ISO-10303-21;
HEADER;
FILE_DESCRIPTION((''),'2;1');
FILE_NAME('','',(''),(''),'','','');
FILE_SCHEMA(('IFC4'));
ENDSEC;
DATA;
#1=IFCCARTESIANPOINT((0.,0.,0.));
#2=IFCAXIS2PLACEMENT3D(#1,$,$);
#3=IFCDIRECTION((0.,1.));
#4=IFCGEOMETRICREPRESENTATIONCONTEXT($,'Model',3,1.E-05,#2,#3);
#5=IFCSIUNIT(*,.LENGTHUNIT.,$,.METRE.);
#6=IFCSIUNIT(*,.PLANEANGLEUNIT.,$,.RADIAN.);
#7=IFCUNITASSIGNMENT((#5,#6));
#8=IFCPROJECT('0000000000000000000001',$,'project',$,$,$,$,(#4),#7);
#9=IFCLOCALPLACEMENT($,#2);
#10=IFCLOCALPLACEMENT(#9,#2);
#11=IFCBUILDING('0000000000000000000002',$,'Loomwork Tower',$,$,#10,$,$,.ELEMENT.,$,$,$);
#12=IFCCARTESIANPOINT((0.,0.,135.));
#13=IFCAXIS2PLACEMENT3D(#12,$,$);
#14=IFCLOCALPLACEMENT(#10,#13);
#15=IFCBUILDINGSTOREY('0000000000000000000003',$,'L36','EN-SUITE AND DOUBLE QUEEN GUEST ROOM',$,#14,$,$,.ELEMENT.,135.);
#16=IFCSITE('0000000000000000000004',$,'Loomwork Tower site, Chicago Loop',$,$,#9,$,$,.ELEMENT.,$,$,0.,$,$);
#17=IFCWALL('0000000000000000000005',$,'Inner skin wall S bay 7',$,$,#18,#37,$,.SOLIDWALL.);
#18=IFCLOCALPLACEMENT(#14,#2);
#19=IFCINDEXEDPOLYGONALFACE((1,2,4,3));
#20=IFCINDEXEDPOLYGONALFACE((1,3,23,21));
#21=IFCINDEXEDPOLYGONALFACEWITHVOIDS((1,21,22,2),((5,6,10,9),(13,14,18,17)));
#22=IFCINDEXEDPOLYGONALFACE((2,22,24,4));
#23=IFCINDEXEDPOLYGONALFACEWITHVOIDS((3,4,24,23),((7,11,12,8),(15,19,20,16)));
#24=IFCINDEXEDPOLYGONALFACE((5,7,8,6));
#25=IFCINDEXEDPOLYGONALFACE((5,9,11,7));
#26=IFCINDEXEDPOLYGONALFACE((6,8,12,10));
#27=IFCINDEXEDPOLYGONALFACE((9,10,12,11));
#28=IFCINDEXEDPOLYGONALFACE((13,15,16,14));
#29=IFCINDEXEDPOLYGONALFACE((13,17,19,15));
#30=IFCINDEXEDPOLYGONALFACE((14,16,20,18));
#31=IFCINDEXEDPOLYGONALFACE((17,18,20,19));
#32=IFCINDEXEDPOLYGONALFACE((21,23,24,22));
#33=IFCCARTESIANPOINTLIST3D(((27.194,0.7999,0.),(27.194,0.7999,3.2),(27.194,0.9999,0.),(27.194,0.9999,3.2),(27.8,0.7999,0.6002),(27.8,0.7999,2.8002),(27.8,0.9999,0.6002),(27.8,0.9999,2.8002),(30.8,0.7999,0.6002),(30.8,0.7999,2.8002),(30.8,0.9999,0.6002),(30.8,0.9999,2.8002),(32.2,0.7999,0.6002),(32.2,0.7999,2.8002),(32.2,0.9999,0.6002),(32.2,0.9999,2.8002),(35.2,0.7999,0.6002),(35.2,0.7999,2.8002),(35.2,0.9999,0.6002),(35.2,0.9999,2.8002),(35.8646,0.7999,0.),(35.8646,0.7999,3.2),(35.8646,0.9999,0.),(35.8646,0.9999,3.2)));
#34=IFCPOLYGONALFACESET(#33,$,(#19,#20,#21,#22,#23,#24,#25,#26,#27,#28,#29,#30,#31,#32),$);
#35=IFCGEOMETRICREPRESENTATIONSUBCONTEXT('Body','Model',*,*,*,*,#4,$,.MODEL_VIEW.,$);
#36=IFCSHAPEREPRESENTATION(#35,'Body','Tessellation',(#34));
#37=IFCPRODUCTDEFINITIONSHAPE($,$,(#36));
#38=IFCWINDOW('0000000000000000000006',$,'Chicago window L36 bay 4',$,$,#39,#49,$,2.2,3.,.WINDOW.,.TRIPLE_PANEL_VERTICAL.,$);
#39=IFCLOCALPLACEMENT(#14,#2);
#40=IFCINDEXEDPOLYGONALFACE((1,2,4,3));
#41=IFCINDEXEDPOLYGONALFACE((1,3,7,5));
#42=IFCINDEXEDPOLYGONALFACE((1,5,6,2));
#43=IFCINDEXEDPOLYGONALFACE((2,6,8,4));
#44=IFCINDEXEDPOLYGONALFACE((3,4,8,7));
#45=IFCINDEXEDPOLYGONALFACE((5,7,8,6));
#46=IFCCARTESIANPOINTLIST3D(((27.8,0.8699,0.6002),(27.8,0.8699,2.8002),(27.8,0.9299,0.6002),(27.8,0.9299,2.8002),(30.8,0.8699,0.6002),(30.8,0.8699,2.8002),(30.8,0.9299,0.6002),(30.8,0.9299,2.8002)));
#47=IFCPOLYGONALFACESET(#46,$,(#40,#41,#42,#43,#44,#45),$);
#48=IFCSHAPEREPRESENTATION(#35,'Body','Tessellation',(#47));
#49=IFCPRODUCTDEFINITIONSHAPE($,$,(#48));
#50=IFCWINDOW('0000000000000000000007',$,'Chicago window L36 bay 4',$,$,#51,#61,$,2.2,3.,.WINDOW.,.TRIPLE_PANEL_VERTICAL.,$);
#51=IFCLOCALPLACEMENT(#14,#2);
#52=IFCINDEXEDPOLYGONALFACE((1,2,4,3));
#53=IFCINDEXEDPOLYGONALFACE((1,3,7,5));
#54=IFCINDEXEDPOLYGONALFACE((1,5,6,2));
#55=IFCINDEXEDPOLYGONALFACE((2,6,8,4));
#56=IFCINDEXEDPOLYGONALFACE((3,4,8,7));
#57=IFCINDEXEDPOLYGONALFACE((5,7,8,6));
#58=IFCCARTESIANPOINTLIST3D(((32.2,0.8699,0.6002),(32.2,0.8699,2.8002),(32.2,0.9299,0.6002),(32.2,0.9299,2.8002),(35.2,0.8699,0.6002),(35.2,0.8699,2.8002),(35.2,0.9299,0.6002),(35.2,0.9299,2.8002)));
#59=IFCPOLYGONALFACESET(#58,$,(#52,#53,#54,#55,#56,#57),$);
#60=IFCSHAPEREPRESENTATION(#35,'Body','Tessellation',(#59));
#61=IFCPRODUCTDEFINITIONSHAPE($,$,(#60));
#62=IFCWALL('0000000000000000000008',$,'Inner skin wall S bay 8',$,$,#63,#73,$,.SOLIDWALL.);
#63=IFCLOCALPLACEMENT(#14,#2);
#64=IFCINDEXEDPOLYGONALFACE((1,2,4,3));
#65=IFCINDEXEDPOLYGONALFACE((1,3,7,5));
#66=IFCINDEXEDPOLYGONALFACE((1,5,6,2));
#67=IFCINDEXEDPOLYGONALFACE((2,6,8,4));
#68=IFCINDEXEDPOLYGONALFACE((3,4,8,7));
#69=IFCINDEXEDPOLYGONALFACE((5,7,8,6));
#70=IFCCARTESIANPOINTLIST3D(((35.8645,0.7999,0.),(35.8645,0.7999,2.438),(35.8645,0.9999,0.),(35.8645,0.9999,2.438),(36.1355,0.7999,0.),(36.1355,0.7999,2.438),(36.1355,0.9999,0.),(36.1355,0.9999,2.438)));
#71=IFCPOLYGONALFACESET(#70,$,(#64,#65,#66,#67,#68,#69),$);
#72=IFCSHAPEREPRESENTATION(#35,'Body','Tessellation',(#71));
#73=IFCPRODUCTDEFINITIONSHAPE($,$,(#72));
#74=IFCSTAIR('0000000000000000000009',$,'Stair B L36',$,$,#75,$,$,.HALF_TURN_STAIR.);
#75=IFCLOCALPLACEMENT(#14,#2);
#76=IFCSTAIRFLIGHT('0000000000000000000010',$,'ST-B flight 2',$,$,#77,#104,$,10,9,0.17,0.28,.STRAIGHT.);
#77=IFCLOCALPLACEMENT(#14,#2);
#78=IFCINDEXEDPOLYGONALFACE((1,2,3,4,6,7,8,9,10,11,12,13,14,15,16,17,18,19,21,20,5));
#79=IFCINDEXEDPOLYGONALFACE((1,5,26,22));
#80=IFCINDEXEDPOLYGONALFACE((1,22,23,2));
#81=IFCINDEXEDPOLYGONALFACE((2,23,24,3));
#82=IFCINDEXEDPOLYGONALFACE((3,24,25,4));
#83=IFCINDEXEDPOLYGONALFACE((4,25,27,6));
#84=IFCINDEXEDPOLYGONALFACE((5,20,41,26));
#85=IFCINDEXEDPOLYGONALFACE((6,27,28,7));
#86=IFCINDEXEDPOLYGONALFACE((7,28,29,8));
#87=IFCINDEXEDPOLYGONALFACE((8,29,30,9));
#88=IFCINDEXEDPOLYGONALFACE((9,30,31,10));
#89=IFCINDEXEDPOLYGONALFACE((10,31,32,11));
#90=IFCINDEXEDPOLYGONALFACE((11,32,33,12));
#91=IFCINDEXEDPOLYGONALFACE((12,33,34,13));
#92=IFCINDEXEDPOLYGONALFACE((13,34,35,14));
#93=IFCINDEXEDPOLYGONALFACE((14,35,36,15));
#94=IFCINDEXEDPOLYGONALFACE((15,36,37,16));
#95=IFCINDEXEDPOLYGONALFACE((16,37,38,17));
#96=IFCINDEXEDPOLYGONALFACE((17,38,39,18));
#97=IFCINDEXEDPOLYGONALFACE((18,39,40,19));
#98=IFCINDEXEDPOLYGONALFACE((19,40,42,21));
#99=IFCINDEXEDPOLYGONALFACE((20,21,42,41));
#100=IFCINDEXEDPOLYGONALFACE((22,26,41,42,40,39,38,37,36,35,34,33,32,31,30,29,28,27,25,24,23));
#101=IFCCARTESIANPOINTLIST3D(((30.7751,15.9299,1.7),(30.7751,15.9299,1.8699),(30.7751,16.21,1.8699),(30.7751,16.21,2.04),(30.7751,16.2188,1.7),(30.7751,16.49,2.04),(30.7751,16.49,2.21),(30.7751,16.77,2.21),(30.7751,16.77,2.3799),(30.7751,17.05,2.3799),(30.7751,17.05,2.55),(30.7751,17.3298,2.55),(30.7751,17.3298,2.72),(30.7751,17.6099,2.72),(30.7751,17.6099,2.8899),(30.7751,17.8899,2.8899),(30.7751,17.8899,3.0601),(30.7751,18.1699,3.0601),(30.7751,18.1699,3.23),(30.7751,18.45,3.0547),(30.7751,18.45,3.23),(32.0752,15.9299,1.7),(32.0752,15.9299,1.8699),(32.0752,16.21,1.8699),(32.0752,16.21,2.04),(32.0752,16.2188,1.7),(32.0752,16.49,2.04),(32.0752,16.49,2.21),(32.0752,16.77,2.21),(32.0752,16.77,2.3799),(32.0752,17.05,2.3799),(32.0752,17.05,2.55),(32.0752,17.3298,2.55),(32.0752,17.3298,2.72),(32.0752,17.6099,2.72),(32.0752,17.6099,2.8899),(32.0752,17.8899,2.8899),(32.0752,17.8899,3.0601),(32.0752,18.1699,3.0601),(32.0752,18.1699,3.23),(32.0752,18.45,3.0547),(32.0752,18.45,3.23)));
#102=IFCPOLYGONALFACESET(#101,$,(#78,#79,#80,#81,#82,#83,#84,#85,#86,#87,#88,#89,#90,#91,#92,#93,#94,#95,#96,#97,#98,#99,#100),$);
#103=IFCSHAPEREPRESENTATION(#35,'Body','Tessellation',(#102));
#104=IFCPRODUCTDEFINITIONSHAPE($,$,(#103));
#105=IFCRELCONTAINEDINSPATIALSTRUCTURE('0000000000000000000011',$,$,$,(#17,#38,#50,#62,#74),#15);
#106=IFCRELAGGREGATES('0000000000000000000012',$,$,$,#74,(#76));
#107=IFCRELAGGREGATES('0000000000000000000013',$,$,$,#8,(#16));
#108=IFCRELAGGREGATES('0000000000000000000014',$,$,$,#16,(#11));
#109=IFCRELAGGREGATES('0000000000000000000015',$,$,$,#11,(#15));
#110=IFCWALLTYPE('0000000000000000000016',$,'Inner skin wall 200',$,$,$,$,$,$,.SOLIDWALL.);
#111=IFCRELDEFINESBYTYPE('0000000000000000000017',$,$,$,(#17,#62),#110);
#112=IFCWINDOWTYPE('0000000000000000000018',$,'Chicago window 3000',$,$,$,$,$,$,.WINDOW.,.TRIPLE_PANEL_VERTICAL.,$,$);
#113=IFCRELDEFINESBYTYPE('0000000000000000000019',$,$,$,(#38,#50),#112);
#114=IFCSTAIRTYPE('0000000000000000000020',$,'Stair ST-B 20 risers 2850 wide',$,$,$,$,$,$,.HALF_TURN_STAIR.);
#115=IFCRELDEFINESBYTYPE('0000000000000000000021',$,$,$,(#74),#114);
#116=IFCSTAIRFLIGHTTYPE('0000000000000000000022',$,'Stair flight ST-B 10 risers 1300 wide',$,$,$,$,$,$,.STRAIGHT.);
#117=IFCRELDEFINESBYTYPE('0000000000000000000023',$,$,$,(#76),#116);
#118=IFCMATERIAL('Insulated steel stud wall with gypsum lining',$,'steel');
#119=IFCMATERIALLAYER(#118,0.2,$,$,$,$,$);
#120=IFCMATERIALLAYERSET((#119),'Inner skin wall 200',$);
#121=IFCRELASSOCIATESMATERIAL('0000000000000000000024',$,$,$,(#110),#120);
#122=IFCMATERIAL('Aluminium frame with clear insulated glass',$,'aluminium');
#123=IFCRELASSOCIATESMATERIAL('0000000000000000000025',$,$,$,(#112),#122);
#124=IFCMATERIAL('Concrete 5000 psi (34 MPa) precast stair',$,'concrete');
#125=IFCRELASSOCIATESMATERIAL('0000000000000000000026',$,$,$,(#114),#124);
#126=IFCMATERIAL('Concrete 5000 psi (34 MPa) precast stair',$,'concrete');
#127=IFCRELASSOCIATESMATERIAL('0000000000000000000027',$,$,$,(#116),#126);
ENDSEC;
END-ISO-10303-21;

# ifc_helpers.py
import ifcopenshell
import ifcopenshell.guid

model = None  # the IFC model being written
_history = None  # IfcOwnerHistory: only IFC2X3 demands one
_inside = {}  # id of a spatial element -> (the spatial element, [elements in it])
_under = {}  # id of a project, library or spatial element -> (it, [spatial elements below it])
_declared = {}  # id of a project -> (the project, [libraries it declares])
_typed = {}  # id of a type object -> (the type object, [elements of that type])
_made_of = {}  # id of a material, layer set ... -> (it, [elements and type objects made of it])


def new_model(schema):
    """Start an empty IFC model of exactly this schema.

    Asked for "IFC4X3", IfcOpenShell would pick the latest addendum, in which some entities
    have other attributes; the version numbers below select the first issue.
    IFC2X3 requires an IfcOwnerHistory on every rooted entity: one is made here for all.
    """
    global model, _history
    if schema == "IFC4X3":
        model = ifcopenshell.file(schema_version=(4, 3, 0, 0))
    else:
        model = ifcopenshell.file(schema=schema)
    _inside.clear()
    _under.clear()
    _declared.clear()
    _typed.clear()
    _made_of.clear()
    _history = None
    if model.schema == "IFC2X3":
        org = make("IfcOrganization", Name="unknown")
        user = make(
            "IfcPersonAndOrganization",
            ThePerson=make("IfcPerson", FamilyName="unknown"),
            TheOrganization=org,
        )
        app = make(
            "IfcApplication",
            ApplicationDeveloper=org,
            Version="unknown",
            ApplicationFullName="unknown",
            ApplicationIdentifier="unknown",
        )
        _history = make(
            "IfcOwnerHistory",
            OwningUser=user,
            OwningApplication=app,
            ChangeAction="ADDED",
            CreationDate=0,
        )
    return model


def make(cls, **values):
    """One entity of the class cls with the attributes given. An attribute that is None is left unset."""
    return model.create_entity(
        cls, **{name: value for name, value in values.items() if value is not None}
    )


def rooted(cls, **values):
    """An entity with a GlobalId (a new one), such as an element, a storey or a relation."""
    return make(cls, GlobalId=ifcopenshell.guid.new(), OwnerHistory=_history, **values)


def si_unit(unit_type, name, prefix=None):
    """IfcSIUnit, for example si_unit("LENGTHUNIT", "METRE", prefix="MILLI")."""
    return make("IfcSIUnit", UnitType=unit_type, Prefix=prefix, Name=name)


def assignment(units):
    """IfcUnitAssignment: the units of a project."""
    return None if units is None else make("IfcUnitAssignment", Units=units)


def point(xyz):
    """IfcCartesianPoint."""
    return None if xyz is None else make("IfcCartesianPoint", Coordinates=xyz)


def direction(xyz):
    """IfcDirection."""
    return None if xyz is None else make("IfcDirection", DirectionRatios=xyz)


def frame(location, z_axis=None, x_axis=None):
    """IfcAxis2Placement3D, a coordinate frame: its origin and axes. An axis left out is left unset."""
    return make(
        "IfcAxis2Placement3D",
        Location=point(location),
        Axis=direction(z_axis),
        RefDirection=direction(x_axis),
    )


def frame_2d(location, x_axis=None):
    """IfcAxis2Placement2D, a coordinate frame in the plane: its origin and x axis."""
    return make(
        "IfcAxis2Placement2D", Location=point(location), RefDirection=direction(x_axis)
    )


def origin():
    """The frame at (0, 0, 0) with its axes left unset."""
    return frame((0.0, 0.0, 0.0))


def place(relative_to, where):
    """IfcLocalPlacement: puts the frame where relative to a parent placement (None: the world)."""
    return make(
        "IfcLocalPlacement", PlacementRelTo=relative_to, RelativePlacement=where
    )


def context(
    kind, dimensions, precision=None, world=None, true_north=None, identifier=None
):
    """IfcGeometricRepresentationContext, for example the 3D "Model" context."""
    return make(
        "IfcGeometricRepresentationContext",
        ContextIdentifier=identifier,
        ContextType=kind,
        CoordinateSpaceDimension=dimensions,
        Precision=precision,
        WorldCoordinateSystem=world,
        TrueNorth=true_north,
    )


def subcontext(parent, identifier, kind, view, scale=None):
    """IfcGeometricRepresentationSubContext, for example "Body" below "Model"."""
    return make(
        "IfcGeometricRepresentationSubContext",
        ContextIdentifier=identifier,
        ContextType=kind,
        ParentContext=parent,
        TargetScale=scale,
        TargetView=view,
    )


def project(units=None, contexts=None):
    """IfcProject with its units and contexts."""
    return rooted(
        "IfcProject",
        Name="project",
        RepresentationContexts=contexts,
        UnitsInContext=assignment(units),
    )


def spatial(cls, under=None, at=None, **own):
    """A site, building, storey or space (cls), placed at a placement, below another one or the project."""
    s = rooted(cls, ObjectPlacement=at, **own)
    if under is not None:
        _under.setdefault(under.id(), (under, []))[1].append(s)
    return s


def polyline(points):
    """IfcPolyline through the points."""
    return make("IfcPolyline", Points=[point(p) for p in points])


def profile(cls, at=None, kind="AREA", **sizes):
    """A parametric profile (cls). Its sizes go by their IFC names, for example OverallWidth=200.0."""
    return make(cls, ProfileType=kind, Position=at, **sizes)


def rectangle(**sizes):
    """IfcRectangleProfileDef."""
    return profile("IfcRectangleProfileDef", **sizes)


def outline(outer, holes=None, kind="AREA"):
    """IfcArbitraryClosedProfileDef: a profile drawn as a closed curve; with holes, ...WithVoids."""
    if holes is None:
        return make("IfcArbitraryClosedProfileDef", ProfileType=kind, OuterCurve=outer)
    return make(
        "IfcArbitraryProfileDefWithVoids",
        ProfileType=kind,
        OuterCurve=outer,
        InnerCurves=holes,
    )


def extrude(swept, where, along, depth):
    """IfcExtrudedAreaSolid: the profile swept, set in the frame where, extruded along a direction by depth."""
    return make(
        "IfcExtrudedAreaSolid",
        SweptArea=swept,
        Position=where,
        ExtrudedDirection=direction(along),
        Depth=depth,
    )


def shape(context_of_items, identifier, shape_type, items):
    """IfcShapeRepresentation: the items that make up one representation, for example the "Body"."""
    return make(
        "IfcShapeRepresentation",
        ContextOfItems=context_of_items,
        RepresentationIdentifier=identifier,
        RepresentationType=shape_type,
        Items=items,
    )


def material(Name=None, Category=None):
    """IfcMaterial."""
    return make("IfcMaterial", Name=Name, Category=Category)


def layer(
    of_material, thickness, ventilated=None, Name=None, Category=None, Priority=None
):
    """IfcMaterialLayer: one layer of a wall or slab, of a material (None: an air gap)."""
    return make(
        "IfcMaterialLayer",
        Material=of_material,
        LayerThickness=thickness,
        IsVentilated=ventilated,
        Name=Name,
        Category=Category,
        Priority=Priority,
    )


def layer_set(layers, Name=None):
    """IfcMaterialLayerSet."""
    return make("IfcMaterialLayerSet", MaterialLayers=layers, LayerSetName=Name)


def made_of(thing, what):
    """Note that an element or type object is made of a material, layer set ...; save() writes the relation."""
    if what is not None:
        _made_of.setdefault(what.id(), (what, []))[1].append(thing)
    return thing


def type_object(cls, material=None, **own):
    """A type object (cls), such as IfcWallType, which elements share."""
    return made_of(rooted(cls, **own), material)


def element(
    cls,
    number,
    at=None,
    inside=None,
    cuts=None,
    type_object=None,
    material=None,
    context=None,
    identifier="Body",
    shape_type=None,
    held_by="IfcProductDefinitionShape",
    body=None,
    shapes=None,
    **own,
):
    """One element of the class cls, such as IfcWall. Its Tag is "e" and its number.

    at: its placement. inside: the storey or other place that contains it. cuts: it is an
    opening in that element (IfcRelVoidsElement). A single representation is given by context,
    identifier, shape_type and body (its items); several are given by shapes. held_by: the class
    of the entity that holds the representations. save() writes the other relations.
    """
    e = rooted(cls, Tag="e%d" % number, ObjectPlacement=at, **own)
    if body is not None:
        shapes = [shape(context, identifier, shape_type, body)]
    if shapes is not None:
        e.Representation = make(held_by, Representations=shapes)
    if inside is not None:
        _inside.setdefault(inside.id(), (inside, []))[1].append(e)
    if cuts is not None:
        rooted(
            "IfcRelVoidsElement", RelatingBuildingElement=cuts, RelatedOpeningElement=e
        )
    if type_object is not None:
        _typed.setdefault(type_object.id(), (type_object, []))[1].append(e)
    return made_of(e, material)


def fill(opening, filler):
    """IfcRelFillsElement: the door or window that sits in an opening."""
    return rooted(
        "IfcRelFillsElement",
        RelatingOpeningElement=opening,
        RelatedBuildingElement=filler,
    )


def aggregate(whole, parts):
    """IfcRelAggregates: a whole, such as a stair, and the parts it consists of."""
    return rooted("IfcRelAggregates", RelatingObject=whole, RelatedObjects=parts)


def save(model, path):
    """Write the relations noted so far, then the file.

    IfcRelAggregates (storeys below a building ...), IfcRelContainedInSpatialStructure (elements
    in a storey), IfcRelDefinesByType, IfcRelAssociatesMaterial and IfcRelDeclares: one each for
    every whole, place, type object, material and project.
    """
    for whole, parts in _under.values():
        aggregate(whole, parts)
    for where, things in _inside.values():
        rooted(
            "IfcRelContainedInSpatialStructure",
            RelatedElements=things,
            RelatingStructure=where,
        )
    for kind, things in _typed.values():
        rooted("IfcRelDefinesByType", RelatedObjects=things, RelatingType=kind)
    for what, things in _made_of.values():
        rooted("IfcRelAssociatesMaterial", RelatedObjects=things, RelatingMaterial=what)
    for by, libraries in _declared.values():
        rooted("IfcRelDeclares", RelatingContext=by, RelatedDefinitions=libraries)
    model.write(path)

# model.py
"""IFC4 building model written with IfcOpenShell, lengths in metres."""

from ifc_helpers import new_model, si_unit, direction, frame, frame_2d, origin, place, context, subcontext, project, spatial, polyline, rectangle, outline, extrude, material, layer, layer_set, type_object, element, fill, aggregate, save


model = new_model("IFC4")

# Units and contexts
model_context = context("Model", 3, precision=1e-05, world=origin(), true_north=direction((0.0, 1.0)))
body_context = subcontext(model_context, "Body", "Model", "MODEL_VIEW")
ifc_project = project(units=[si_unit("LENGTHUNIT", "METRE"), si_unit("PLANEANGLEUNIT", "RADIAN")], contexts=[model_context])

# Site, building, storey
site_placement = place(None, origin())
site = spatial("IfcSite", under=ifc_project, at=site_placement, Name="Loomwork Tower site, Chicago Loop", CompositionType="ELEMENT", RefElevation=0.0)
building_placement = place(site_placement, origin())
building = spatial("IfcBuilding", under=site, at=building_placement, Name="Loomwork Tower", CompositionType="ELEMENT")
storey_placement = place(building_placement, frame((0.0, 0.0, 135.0)))
storey = spatial("IfcBuildingStorey", under=building, at=storey_placement, Name="L36", Description="EN-SUITE AND DOUBLE QUEEN GUEST ROOM", CompositionType="ELEMENT", Elevation=135.0)

# Wall, openings, windows
ifc_material_1 = material(Name="Insulated steel stud wall with gypsum lining", Category="steel")
ifc_layer_1 = layer(ifc_material_1, 0.2)
ifc_layer_set_1 = layer_set([ifc_layer_1], Name="Inner skin wall 200")
wall_type_1 = type_object("IfcWallType", Name="Inner skin wall 200", PredefinedType="SOLIDWALL", material=ifc_layer_set_1)
wall_1_placement = place(storey_placement, frame((27.1938, 0.8999, 0.0), z_axis=(0.0, 0.0, 1.0), x_axis=(1.0, 0.0, 0.0)))
wall_1 = element("IfcWall", 1, at=wall_1_placement, inside=storey, type_object=wall_type_1, Name="Inner skin wall S bay 7", PredefinedType="SOLIDWALL", context=body_context, shape_type="SweptSolid", body=[
    extrude(rectangle(XDim=8.6707, YDim=0.2, at=frame_2d((4.3354, 0.0))), origin(), (0.0, 0.0, 1.0), 3.2),
])
opening_1_placement = place(wall_1_placement, frame((0.6062, 0.0, 0.6001)))
opening_1 = element("IfcOpeningElement", 2, at=opening_1_placement, cuts=wall_1, PredefinedType="OPENING", context=body_context, shape_type="SweptSolid", body=[
    extrude(rectangle(XDim=3.0, YDim=2.2, at=frame_2d((1.5, 1.1001))), frame((0.0, 0.1099, 0.0), z_axis=(0.0, -1.0, 0.0), x_axis=(1.0, 0.0, 0.0)), (0.0, 0.0, 1.0), 0.22),
])
opening_2_placement = place(wall_1_placement, frame((5.0061, 0.0, 0.6001)))
opening_2 = element("IfcOpeningElement", 3, at=opening_2_placement, cuts=wall_1, PredefinedType="OPENING", context=body_context, shape_type="SweptSolid", body=[
    extrude(rectangle(XDim=3.0, YDim=2.2, at=frame_2d((1.5, 1.1001))), frame((0.0, 0.1099, 0.0), z_axis=(0.0, -1.0, 0.0), x_axis=(1.0, 0.0, 0.0)), (0.0, 0.0, 1.0), 0.22),
])
ifc_material_2 = material(Name="Aluminium frame with clear insulated glass", Category="aluminium")
window_type = type_object("IfcWindowType", Name="Chicago window 3000", PartitioningType="TRIPLE_PANEL_VERTICAL", PredefinedType="WINDOW", material=ifc_material_2)
window_1_placement = place(opening_1_placement, origin())
window_1 = element("IfcWindow", 4, at=window_1_placement, inside=storey, type_object=window_type, Name="Chicago window L36 bay 4", OverallHeight=2.2, OverallWidth=3.0, PartitioningType="TRIPLE_PANEL_VERTICAL", PredefinedType="WINDOW", context=body_context, shape_type="SweptSolid", body=[
    extrude(rectangle(XDim=3.0, YDim=2.2, at=frame_2d((1.5, 1.1001))), frame((0.0, 0.03, 0.0), z_axis=(0.0, -1.0, 0.0), x_axis=(1.0, 0.0, 0.0)), (0.0, 0.0, 1.0), 0.0601),
])
fill(opening_1, window_1)
window_2_placement = place(opening_2_placement, origin())
window_2 = element("IfcWindow", 5, at=window_2_placement, inside=storey, type_object=window_type, Name="Chicago window L36 bay 4", OverallHeight=2.2, OverallWidth=3.0, PartitioningType="TRIPLE_PANEL_VERTICAL", PredefinedType="WINDOW", context=body_context, shape_type="SweptSolid", body=[
    extrude(rectangle(XDim=3.0, YDim=2.2, at=frame_2d((1.5, 1.1001))), frame((0.0, 0.03, 0.0), z_axis=(0.0, -1.0, 0.0), x_axis=(1.0, 0.0, 0.0)), (0.0, 0.0, 1.0), 0.0601),
])
fill(opening_2, window_2)

# Wall
wall_2_placement = place(storey_placement, frame((35.8645, 0.8999, 0.0), z_axis=(0.0, 0.0, 1.0), x_axis=(1.0, 0.0, 0.0)))
element("IfcWall", 6, at=wall_2_placement, inside=storey, type_object=wall_type_1, Name="Inner skin wall S bay 8", PredefinedType="SOLIDWALL", context=body_context, shape_type="SweptSolid", body=[
    extrude(rectangle(XDim=0.271, YDim=0.2, at=frame_2d((0.1355, 0.0))), origin(), (0.0, 0.0, 1.0), 2.438),
])

# Stair, stair flight
ifc_material_3 = material(Name="Concrete 5000 psi (34 MPa) precast stair", Category="concrete")
stair_type = type_object("IfcStairType", Name="Stair ST-B 20 risers 2850 wide", PredefinedType="HALF_TURN_STAIR", material=ifc_material_3)
stair_placement = place(storey_placement, origin())
stair = element("IfcStair", 7, at=stair_placement, inside=storey, type_object=stair_type, Name="Stair B L36", PredefinedType="HALF_TURN_STAIR")
ifc_material_4 = material(Name="Concrete 5000 psi (34 MPa) precast stair", Category="concrete")
stair_flight_type = type_object("IfcStairFlightType", Name="Stair flight ST-B 10 risers 1300 wide", PredefinedType="STRAIGHT", material=ifc_material_4)
stair_flight_placement = place(storey_placement, frame((31.425, 15.9299, 1.7), z_axis=(0.0, 0.0, 1.0), x_axis=(0.0, 1.0, 0.0)))
stair_flight = element("IfcStairFlight", 8, at=stair_flight_placement, type_object=stair_flight_type, Name="ST-B flight 2", NumberOfRisers=10, NumberOfTreads=9, PredefinedType="STRAIGHT", RiserHeight=0.17, TreadLength=0.28, context=body_context, shape_type="SweptSolid", body=[
    extrude(outline(polyline([(0.0, 0.0), (0.0, 0.1699), (0.28, 0.1699), (0.28, 0.3401), (0.5601, 0.3401), (0.5601, 0.51), (0.8401, 0.51), (0.8401, 0.6799), (1.1201, 0.6799), (1.1201, 0.8501), (1.3999, 0.8501), (1.3999, 1.02), (1.6799, 1.02), (1.6799, 1.1899), (1.96, 1.1899), (1.96, 1.3601), (2.24, 1.3601), (2.24, 1.53), (2.52, 1.53), (2.52, 1.7), (2.52, 1.3547), (0.2888, 0.0), (0.0, 0.0)])), frame((0.0, 0.6499, 0.0), z_axis=(0.0, -1.0, 0.0), x_axis=(1.0, 0.0, 0.0)), (0.0, 0.0, 1.0), 1.3),
])
aggregate(stair, [stair_flight])

save(model, "model.ifc")
